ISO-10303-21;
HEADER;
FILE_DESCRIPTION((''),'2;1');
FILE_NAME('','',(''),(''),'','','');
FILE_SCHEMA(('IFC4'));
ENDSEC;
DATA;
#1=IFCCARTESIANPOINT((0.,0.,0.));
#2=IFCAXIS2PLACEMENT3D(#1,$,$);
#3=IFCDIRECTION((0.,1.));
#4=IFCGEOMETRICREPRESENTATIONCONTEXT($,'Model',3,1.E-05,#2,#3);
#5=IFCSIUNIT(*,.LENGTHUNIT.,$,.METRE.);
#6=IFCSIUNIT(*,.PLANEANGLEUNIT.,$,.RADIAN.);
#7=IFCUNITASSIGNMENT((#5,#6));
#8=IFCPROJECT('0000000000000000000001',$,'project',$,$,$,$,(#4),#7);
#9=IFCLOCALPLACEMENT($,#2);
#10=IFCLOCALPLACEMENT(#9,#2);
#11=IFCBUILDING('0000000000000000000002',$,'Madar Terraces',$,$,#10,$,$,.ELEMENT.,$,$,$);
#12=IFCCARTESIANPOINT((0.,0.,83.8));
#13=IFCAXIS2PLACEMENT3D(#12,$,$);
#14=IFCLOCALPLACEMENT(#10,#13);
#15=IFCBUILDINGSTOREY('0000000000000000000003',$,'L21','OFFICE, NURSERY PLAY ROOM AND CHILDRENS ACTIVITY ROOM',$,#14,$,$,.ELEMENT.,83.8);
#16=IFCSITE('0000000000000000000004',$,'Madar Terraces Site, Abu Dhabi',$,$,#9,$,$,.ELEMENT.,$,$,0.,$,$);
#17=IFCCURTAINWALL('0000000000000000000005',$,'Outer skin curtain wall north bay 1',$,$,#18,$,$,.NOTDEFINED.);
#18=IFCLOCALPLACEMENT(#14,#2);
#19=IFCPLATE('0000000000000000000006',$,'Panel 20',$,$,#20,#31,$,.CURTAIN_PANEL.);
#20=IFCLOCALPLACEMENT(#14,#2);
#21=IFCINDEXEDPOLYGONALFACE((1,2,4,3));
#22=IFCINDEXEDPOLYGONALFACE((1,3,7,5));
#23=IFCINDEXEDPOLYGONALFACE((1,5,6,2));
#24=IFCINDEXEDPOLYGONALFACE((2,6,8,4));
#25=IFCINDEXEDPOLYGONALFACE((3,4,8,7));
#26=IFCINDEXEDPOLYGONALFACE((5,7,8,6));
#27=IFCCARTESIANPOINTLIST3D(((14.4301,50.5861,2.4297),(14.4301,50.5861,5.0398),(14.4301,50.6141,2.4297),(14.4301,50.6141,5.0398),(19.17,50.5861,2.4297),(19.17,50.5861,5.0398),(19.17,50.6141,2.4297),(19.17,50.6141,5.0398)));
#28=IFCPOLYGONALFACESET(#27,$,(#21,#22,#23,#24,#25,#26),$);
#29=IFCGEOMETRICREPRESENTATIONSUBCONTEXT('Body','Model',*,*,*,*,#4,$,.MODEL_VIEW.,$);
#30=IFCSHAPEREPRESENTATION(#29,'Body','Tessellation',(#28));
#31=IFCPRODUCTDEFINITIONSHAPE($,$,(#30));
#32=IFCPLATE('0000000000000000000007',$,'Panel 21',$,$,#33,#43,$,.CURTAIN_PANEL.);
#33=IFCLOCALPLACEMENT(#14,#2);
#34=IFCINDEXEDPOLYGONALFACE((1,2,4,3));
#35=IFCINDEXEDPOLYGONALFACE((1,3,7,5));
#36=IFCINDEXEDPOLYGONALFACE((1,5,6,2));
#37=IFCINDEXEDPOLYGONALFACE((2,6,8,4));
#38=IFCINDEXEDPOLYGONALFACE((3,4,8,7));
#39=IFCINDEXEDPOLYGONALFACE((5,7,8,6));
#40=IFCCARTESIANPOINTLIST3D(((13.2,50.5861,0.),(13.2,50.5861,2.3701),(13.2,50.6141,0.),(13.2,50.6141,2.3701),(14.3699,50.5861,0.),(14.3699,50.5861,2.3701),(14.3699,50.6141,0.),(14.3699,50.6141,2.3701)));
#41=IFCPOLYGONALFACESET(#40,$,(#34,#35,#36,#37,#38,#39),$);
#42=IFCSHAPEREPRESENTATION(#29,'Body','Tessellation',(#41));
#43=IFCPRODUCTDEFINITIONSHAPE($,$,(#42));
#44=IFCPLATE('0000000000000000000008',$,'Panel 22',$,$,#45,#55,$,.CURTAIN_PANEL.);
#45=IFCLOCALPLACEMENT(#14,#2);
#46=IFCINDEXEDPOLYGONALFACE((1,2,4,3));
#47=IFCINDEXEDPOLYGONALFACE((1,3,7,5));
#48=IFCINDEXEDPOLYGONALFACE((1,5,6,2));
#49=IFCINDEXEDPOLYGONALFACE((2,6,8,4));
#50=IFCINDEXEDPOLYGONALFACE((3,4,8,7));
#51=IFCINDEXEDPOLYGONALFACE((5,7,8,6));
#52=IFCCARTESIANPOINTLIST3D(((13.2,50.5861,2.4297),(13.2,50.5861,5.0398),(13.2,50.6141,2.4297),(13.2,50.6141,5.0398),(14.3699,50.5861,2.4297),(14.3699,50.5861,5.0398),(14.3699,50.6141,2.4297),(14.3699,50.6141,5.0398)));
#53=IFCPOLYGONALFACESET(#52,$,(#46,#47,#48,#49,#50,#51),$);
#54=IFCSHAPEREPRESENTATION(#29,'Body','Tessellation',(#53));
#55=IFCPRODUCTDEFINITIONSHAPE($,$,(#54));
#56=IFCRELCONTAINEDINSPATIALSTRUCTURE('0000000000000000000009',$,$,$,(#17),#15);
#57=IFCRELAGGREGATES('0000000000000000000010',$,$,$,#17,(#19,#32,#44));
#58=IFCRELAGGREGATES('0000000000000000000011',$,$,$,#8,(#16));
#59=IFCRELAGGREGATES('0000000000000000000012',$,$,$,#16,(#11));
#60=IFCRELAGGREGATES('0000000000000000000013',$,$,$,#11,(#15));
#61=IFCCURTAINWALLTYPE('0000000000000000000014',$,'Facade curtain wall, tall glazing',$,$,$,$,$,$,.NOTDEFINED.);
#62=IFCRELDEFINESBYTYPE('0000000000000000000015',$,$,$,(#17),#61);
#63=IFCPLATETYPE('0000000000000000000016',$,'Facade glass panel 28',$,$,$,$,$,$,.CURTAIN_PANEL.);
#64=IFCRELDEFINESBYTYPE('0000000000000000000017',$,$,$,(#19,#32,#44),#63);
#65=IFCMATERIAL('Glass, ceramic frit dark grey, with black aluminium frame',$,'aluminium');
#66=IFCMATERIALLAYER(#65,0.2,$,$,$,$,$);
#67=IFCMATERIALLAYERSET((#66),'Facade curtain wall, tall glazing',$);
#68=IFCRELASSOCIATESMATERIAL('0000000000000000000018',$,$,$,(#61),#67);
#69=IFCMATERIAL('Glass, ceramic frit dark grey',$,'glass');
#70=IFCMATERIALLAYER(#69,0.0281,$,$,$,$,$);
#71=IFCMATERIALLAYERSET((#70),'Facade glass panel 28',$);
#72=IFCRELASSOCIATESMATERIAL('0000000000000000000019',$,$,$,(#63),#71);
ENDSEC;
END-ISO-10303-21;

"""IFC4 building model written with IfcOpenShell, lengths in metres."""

from ifc_helpers import new_model, si_unit, direction, frame, origin, origin_2d, place, context, subcontext, project, spatial, rectangle, extrude, material, layer, layer_set, type_object, element, aggregate, save


model = new_model("IFC4")

# Units and contexts
model_context = context("Model", 3, precision=1e-05, world=origin(), true_north=direction((0.0, 1.0)))
body_context = subcontext(model_context, "Body", "Model", "MODEL_VIEW")
ifc_project = project(units=[si_unit("LENGTHUNIT", "METRE"), si_unit("PLANEANGLEUNIT", "RADIAN")], contexts=[model_context])

# Site, building, storey
site_placement = place(None, origin())
site = spatial("IfcSite", under=ifc_project, at=site_placement, Name="Madar Terraces Site, Abu Dhabi", CompositionType="ELEMENT", RefElevation=0.0)
building_placement = place(site_placement, origin())
building = spatial("IfcBuilding", under=site, at=building_placement, Name="Madar Terraces", CompositionType="ELEMENT")
storey_placement = place(building_placement, frame((0.0, 0.0, 83.8)))
storey = spatial("IfcBuildingStorey", under=building, at=storey_placement, Name="L21", Description="OFFICE, NURSERY PLAY ROOM AND CHILDRENS ACTIVITY ROOM", CompositionType="ELEMENT", Elevation=83.8)

# Curtain wall
ifc_material_1 = material(Name="Glass, ceramic frit dark grey, with black aluminium frame", Category="aluminium")
ifc_layer_1 = layer(ifc_material_1, 0.2)
ifc_layer_set_1 = layer_set([ifc_layer_1], Name="Facade curtain wall, tall glazing")
curtain_wall_type = type_object("IfcCurtainWallType", Name="Facade curtain wall, tall glazing", PredefinedType="NOTDEFINED", material=ifc_layer_set_1)
curtain_wall_placement = place(storey_placement, origin())
curtain_wall = element("IfcCurtainWall", 1, at=curtain_wall_placement, inside=storey, type_object=curtain_wall_type, Name="Outer skin curtain wall north bay 1", PredefinedType="NOTDEFINED")

# Plates
ifc_material_2 = material(Name="Glass, ceramic frit dark grey", Category="glass")
ifc_layer_2 = layer(ifc_material_2, 0.0281)
ifc_layer_set_2 = layer_set([ifc_layer_2], Name="Facade glass panel 28")
plate_type = type_object("IfcPlateType", Name="Facade glass panel 28", PredefinedType="CURTAIN_PANEL", material=ifc_layer_set_2)
plate_1_placement = place(storey_placement, frame((16.8, 50.6001, 2.4297), z_axis=(0.0, 0.0, 1.0), x_axis=(-1.0, 0.0, 0.0)))
plate_1 = element("IfcPlate", 2, at=plate_1_placement, type_object=plate_type, Name="Panel 20", PredefinedType="CURTAIN_PANEL", context=body_context, shape_type="SweptSolid", body=[
    extrude(rectangle(XDim=4.74, YDim=0.0281, at=origin_2d()), origin(), (0.0, 0.0, 1.0), 2.6101),
])
plate_2_placement = place(storey_placement, frame((13.7849, 50.6001, 0.0), z_axis=(0.0, 0.0, 1.0), x_axis=(-1.0, 0.0, 0.0)))
plate_2 = element("IfcPlate", 3, at=plate_2_placement, type_object=plate_type, Name="Panel 21", PredefinedType="CURTAIN_PANEL", context=body_context, shape_type="SweptSolid", body=[
    extrude(rectangle(XDim=1.1699, YDim=0.0281, at=origin_2d()), origin(), (0.0, 0.0, 1.0), 2.3701),
])
plate_3_placement = place(storey_placement, frame((13.7849, 50.6001, 2.4297), z_axis=(0.0, 0.0, 1.0), x_axis=(-1.0, 0.0, 0.0)))
plate_3 = element("IfcPlate", 4, at=plate_3_placement, type_object=plate_type, Name="Panel 22", PredefinedType="CURTAIN_PANEL", context=body_context, shape_type="SweptSolid", body=[
    extrude(rectangle(XDim=1.1699, YDim=0.0281, at=origin_2d()), origin(), (0.0, 0.0, 1.0), 2.6101),
])
aggregate(curtain_wall, [plate_1, plate_2, plate_3])

save(model, "model.ifc")
